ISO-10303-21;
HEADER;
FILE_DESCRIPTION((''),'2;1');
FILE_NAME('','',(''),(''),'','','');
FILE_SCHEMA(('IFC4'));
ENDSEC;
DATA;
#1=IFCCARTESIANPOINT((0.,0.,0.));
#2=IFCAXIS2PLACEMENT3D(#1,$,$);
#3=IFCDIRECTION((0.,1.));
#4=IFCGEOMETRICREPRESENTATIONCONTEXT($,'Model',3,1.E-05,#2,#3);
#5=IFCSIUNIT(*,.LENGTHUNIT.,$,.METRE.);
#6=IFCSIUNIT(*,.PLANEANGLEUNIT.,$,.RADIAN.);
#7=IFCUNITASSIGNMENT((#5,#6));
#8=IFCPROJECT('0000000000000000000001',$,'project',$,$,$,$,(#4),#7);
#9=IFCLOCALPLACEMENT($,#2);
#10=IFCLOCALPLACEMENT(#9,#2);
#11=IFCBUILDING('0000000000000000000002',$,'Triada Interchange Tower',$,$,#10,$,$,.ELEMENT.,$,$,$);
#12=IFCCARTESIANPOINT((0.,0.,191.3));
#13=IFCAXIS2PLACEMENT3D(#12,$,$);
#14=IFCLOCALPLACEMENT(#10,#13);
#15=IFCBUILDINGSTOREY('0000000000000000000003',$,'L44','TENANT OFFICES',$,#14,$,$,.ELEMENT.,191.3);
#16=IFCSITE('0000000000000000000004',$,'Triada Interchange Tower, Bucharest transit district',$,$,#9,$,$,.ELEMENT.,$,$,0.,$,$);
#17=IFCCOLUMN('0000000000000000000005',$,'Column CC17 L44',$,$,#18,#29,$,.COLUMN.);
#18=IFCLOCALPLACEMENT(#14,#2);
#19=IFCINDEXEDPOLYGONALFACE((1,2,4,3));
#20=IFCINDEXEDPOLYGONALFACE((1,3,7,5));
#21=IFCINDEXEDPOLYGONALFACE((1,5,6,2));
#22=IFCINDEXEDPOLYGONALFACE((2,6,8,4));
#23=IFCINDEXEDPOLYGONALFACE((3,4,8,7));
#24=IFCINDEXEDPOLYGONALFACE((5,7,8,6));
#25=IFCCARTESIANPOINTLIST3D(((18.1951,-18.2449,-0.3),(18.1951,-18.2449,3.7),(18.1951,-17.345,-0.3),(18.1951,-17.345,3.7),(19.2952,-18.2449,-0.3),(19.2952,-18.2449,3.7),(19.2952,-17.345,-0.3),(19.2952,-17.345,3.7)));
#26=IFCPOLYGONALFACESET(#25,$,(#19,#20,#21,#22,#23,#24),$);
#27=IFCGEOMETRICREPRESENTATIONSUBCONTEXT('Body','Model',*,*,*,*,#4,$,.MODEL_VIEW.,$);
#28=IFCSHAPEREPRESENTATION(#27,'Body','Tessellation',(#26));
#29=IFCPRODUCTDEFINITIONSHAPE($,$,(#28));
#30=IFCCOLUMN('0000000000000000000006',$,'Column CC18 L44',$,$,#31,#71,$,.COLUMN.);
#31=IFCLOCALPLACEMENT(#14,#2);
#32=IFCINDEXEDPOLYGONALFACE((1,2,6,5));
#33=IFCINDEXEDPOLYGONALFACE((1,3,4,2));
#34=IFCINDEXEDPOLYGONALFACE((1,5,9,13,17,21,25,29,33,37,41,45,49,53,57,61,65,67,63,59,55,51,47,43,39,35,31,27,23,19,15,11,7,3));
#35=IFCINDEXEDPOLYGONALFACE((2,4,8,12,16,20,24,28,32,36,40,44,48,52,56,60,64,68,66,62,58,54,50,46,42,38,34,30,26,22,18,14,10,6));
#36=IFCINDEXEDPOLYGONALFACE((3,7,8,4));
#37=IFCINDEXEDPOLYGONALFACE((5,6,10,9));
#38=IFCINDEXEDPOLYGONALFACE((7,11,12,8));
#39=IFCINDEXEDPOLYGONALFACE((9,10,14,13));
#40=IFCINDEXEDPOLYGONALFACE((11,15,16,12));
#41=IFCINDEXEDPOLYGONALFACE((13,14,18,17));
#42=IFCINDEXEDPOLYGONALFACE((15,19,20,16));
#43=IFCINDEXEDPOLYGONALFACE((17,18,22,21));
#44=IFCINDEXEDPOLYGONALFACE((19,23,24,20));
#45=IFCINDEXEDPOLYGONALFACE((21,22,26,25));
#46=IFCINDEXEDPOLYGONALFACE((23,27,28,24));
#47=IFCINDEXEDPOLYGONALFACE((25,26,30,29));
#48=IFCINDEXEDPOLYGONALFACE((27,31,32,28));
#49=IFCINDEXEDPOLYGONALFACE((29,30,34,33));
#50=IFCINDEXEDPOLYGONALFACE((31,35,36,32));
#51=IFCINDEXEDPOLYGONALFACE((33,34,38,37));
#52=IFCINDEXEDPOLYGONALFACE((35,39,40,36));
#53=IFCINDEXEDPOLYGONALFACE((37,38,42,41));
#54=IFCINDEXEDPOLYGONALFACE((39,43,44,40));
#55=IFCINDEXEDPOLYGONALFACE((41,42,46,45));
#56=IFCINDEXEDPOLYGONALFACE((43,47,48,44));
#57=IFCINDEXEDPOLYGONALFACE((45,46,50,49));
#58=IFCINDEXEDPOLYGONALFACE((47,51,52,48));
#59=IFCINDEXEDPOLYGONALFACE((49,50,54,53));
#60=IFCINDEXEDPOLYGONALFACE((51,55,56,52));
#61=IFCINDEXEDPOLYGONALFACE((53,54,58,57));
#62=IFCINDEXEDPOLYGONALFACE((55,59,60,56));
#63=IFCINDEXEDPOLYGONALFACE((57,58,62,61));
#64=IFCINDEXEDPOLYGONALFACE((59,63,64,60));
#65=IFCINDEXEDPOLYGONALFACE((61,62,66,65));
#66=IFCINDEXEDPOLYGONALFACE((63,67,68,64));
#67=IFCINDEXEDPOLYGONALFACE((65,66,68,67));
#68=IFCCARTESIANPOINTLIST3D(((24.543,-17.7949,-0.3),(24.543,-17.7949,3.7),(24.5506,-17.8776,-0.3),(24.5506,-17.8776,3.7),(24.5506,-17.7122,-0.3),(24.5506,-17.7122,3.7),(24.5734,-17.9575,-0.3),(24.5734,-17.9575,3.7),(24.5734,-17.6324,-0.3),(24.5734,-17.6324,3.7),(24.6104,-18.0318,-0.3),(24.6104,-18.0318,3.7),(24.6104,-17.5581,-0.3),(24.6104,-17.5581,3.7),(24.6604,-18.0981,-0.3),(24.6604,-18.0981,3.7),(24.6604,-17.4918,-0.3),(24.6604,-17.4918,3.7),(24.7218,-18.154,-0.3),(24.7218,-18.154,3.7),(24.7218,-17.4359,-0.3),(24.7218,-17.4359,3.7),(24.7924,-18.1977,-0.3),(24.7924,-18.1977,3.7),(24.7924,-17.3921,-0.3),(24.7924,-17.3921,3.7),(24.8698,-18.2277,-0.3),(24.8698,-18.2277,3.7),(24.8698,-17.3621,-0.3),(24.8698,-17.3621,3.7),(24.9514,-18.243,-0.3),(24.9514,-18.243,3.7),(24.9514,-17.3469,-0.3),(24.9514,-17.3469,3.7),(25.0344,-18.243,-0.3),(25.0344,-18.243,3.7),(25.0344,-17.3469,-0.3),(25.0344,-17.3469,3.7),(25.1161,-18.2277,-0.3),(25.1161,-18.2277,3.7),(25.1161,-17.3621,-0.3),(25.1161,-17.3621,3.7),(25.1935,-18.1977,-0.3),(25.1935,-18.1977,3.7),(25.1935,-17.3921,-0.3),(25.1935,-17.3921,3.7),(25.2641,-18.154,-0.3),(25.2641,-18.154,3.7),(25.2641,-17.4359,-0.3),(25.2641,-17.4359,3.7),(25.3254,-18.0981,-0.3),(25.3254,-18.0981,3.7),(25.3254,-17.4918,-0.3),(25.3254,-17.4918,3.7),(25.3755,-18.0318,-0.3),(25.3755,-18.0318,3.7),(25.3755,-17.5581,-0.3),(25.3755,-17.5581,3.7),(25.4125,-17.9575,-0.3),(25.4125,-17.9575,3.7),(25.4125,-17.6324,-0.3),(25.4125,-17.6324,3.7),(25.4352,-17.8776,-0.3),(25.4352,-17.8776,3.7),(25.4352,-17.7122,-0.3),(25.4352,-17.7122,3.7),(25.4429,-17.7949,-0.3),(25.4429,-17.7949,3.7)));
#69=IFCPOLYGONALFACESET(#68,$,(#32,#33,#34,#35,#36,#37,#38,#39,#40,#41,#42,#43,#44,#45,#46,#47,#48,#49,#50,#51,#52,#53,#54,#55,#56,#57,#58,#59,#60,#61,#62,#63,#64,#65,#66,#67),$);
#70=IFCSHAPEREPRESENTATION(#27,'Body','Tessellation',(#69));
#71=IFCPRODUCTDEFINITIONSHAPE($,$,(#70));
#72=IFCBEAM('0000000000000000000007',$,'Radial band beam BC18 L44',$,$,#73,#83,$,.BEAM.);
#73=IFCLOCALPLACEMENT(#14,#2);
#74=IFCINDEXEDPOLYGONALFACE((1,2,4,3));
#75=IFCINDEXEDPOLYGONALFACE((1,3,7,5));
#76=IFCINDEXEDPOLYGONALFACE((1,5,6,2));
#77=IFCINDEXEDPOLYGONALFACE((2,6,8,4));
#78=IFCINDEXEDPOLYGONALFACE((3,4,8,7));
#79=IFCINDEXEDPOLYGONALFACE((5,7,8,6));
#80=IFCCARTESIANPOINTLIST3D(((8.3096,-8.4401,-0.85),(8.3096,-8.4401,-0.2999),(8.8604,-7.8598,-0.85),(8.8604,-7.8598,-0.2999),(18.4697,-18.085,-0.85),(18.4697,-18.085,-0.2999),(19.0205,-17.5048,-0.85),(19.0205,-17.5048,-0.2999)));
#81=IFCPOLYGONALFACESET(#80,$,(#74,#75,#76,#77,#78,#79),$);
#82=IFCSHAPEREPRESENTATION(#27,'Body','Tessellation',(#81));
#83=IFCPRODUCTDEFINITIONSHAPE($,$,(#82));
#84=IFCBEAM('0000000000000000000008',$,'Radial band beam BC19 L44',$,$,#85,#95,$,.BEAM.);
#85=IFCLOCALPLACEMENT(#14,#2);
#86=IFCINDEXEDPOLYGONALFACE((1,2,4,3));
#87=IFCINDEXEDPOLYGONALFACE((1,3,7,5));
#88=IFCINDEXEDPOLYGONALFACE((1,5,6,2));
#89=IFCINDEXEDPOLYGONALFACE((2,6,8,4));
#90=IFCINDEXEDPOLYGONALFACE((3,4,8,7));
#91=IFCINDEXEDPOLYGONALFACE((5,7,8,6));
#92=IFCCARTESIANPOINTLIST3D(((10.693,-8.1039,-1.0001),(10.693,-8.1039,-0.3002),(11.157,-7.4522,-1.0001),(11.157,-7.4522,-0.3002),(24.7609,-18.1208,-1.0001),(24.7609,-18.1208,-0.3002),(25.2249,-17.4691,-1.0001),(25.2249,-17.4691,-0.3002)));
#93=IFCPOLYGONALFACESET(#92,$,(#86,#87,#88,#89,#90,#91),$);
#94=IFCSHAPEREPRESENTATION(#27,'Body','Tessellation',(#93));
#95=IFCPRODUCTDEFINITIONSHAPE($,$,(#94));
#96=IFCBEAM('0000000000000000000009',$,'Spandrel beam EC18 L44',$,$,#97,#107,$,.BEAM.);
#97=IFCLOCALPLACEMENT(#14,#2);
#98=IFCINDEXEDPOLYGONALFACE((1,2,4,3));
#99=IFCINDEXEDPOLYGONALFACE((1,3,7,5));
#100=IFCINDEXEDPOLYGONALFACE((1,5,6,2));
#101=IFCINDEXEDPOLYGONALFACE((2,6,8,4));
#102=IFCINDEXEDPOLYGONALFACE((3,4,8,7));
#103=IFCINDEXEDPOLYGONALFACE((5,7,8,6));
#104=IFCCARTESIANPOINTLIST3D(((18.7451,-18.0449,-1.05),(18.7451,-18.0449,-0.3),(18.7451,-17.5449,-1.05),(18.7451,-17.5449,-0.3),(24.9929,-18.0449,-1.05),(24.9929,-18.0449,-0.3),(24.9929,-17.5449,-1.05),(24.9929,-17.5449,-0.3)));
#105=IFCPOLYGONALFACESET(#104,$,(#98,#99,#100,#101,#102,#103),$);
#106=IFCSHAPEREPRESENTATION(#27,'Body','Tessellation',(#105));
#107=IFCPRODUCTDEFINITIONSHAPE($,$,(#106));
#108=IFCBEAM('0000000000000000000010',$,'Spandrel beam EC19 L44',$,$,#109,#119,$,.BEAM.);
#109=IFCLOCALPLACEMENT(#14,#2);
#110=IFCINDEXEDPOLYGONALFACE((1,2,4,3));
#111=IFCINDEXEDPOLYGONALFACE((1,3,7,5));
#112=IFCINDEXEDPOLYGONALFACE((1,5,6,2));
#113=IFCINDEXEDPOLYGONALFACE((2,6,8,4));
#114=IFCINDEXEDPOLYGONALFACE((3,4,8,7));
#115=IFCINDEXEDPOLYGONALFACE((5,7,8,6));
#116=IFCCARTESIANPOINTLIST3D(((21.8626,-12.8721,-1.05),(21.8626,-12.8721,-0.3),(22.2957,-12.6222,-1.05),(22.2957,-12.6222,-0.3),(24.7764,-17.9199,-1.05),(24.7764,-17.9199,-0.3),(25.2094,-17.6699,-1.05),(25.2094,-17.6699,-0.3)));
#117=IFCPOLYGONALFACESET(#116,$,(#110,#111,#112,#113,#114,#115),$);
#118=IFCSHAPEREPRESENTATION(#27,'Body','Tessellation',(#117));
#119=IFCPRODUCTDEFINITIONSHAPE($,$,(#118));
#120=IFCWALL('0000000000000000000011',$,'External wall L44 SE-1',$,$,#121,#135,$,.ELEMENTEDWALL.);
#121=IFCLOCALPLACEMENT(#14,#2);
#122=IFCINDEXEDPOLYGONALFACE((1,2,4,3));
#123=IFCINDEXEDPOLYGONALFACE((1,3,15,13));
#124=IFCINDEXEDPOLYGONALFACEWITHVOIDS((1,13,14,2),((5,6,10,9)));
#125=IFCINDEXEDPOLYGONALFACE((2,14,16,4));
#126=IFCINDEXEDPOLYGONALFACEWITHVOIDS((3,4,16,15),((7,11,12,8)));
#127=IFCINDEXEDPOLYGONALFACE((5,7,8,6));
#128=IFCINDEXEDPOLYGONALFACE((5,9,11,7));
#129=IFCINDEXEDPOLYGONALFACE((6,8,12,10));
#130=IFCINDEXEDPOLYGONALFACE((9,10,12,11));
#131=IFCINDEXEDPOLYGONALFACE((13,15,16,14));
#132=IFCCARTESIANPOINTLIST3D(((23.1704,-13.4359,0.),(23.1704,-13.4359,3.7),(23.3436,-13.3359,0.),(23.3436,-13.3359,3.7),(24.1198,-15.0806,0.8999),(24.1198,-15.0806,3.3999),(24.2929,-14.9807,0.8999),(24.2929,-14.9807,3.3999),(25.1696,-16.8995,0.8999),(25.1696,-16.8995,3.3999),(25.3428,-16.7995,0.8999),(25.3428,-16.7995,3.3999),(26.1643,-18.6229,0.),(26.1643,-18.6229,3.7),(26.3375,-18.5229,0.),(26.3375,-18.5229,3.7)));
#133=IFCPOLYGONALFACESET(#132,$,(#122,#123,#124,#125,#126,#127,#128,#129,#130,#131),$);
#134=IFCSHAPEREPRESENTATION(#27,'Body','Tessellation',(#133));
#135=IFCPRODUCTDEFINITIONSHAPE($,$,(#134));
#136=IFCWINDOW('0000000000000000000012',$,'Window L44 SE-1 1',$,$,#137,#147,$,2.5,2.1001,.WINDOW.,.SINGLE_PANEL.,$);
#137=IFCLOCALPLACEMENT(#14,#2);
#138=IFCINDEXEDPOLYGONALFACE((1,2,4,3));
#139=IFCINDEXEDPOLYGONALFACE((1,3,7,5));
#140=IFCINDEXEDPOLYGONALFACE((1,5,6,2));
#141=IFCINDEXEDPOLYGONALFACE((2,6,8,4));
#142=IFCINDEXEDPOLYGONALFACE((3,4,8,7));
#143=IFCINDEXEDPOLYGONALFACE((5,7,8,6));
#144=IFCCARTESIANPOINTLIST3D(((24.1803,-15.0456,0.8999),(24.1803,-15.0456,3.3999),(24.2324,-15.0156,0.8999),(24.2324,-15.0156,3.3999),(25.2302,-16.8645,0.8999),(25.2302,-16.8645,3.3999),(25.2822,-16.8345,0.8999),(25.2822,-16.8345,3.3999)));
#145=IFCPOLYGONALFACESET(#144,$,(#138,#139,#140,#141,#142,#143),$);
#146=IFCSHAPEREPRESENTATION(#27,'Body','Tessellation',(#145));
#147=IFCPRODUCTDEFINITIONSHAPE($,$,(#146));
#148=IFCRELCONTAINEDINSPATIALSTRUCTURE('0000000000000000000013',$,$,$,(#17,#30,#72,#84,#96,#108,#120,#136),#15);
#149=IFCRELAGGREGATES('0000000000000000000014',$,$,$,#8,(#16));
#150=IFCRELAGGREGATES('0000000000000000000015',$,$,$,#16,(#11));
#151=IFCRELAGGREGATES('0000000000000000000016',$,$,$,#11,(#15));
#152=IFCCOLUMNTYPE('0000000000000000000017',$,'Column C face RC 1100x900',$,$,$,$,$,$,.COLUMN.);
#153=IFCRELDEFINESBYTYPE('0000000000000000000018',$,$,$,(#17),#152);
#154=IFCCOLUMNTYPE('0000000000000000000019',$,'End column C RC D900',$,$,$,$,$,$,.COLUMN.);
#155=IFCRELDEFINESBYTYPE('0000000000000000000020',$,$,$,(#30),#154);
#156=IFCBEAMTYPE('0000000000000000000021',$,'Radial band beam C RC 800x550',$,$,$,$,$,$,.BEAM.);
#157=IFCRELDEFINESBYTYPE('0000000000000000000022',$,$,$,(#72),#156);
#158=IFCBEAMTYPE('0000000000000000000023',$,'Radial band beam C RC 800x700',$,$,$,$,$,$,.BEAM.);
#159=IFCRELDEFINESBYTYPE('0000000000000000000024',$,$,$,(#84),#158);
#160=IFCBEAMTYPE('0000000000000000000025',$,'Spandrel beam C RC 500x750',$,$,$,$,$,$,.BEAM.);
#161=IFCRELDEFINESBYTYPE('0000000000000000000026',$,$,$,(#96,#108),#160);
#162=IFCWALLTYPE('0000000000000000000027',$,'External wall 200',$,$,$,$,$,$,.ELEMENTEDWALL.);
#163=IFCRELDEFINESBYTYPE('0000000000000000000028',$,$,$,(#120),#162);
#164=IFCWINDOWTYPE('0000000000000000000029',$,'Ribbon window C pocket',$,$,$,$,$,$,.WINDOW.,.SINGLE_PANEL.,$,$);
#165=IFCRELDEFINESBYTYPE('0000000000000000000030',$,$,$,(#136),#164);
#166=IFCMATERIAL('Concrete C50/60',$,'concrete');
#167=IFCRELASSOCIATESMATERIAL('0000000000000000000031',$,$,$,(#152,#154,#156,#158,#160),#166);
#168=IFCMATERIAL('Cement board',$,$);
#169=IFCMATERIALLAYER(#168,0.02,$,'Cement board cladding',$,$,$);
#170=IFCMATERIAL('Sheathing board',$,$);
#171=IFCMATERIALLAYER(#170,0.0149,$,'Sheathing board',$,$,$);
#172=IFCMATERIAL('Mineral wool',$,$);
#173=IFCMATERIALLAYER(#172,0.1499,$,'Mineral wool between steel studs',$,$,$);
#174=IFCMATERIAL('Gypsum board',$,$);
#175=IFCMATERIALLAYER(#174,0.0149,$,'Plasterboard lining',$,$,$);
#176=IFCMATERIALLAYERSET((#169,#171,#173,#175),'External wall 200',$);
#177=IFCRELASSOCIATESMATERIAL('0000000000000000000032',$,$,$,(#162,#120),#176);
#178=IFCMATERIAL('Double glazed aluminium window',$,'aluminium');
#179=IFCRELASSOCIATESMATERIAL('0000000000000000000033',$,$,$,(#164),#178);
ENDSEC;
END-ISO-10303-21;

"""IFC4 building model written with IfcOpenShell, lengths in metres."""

from ifc_helpers import new_model, si_unit, direction, frame, frame_2d, origin, origin_2d, place, context, subcontext, project, spatial, rectangle, circle, extrude, material, layer, layer_set, layer_usage, material_profile, profile_set, type_object, element, fill, save


model = new_model("IFC4")

# Units and contexts
model_context = context("Model", 3, precision=1e-05, world=origin(), true_north=direction((0.0, 1.0)))
body_context = subcontext(model_context, "Body", "Model", "MODEL_VIEW")
ifc_project = project(units=[si_unit("LENGTHUNIT", "METRE"), si_unit("PLANEANGLEUNIT", "RADIAN")], contexts=[model_context])

# Site, building, storey
site_placement = place(None, origin())
site = spatial("IfcSite", under=ifc_project, at=site_placement, Name="Triada Interchange Tower, Bucharest transit district", CompositionType="ELEMENT", RefElevation=0.0)
building_placement = place(site_placement, origin())
building = spatial("IfcBuilding", under=site, at=building_placement, Name="Triada Interchange Tower", CompositionType="ELEMENT")
storey_placement = place(building_placement, frame((0.0, 0.0, 191.3)))
storey = spatial("IfcBuildingStorey", under=building, at=storey_placement, Name="L44", Description="TENANT OFFICES", CompositionType="ELEMENT", Elevation=191.3)

# Columns
ifc_material_1 = material(Name="Concrete C50/60", Category="concrete")
ifc_material_profile_1 = material_profile(ifc_material_1, rectangle(XDim=1.1001, YDim=0.8999, at=origin_2d()), Name="RC 1100x900")
ifc_profile_set_1 = profile_set([ifc_material_profile_1], Name="Concrete C50/60")
column_type_1 = type_object("IfcColumnType", Name="Column C face RC 1100x900", PredefinedType="COLUMN", material=ifc_profile_set_1)
column_1_placement = place(storey_placement, frame((18.7451, -17.7949, -0.3), z_axis=(0.0, 0.0, 1.0), x_axis=(1.0, 0.0, 0.0)))
element("IfcColumn", 1, at=column_1_placement, inside=storey, type_object=column_type_1, Name="Column CC17 L44", PredefinedType="COLUMN", context=body_context, shape_type="SweptSolid", body=[
    extrude(rectangle(XDim=1.1001, YDim=0.8999, at=origin_2d()), origin(), (0.0, 0.0, 1.0), 4.0),
])
ifc_material_profile_2 = material_profile(ifc_material_1, circle(Radius=0.45, at=origin_2d()), Name="RC D900")
ifc_profile_set_2 = profile_set([ifc_material_profile_2], Name="Concrete C50/60")
column_type_2 = type_object("IfcColumnType", Name="End column C RC D900", PredefinedType="COLUMN", material=ifc_profile_set_2)
column_2_placement = place(storey_placement, frame((24.9929, -17.7949, -0.3), z_axis=(0.0, 0.0, 1.0), x_axis=(1.0, 0.0, 0.0)))
element("IfcColumn", 2, at=column_2_placement, inside=storey, type_object=column_type_2, Name="Column CC18 L44", PredefinedType="COLUMN", context=body_context, shape_type="SweptSolid", body=[
    extrude(circle(Radius=0.45, at=origin_2d()), origin(), (0.0, 0.0, 1.0), 4.0),
])

# Beams
ifc_material_profile_3 = material_profile(ifc_material_1, rectangle(XDim=0.8, YDim=0.55, at=origin_2d()), Name="RC 800x550")
ifc_profile_set_3 = profile_set([ifc_material_profile_3], Name="Concrete C50/60")
beam_type_1 = type_object("IfcBeamType", Name="Radial band beam C RC 800x550", PredefinedType="BEAM", material=ifc_profile_set_3)
beam_1_placement = place(storey_placement, frame((18.7451, -17.7949, -0.575), z_axis=(-0.725253, 0.688482, 0.0), x_axis=(-0.688482, -0.725253, 0.0)))
element("IfcBeam", 3, at=beam_1_placement, inside=storey, type_object=beam_type_1, Name="Radial band beam BC18 L44", PredefinedType="BEAM", context=body_context, shape_type="SweptSolid", body=[
    extrude(rectangle(XDim=0.8, YDim=0.55, at=origin_2d()), origin(), (0.0, 0.0, 1.0), 14.009),
])
ifc_material_profile_4 = material_profile(ifc_material_1, rectangle(XDim=0.8, YDim=0.7, at=origin_2d()), Name="RC 800x700")
ifc_profile_set_4 = profile_set([ifc_material_profile_4], Name="Concrete C50/60")
beam_type_2 = type_object("IfcBeamType", Name="Radial band beam C RC 800x700", PredefinedType="BEAM", material=ifc_profile_set_4)
beam_2_placement = place(storey_placement, frame((24.9929, -17.7949, -0.6501), z_axis=(-0.814599, 0.580025, 0.0), x_axis=(-0.580025, -0.814599, 0.0)))
element("IfcBeam", 4, at=beam_2_placement, inside=storey, type_object=beam_type_2, Name="Radial band beam BC19 L44", PredefinedType="BEAM", context=body_context, shape_type="SweptSolid", body=[
    extrude(rectangle(XDim=0.8, YDim=0.7, at=origin_2d()), origin(), (0.0, 0.0, 1.0), 17.2698),
])
ifc_material_profile_5 = material_profile(ifc_material_1, rectangle(XDim=0.5, YDim=0.75, at=origin_2d()), Name="RC 500x750")
ifc_profile_set_5 = profile_set([ifc_material_profile_5], Name="Concrete C50/60")
beam_type_3 = type_object("IfcBeamType", Name="Spandrel beam C RC 500x750", PredefinedType="BEAM", material=ifc_profile_set_5)
beam_3_placement = place(storey_placement, frame((18.7451, -17.7949, -0.675), z_axis=(1.0, 0.0, 0.0), x_axis=(0.0, 1.0, 0.0)))
element("IfcBeam", 5, at=beam_3_placement, inside=storey, type_object=beam_type_3, Name="Spandrel beam EC18 L44", PredefinedType="BEAM", context=body_context, shape_type="SweptSolid", body=[
    extrude(rectangle(XDim=0.5, YDim=0.75, at=origin_2d()), origin(), (0.0, 0.0, 1.0), 6.2478),
])
beam_4_placement = place(storey_placement, frame((24.9929, -17.7949, -0.675), z_axis=(-0.499928, 0.866067, 0.0), x_axis=(-0.866067, -0.499928, 0.0)))
element("IfcBeam", 6, at=beam_4_placement, inside=storey, type_object=beam_type_3, Name="Spandrel beam EC19 L44", PredefinedType="BEAM", context=body_context, shape_type="SweptSolid", body=[
    extrude(rectangle(XDim=0.5, YDim=0.75, at=origin_2d()), origin(), (0.0, 0.0, 1.0), 5.8284),
])

# Wall, opening, window
ifc_material_2 = material(Name="Cement board")
ifc_layer_1 = layer(ifc_material_2, 0.02, Name="Cement board cladding")
ifc_material_3 = material(Name="Sheathing board")
ifc_layer_2 = layer(ifc_material_3, 0.0149, Name="Sheathing board")
ifc_material_4 = material(Name="Mineral wool")
ifc_layer_3 = layer(ifc_material_4, 0.1499, Name="Mineral wool between steel studs")
ifc_material_5 = material(Name="Gypsum board")
ifc_layer_4 = layer(ifc_material_5, 0.0149, Name="Plasterboard lining")
ifc_layer_set_1 = layer_set([ifc_layer_1, ifc_layer_2, ifc_layer_3, ifc_layer_4], Name="External wall 200")
ifc_layer_usage = layer_usage(ifc_layer_set_1, "AXIS2", "POSITIVE", -0.1001)
wall_type_1 = type_object("IfcWallType", Name="External wall 200", PredefinedType="ELEMENTEDWALL", material=ifc_layer_set_1)
wall_1_placement = place(storey_placement, frame((26.251, -18.573, 0.0), z_axis=(0.0, 0.0, 1.0), x_axis=(-0.499897, 0.866085, 0.0)))
wall_1 = element("IfcWall", 7, at=wall_1_placement, inside=storey, type_object=wall_type_1, material=ifc_layer_usage, Name="External wall L44 SE-1", PredefinedType="ELEMENTEDWALL", context=body_context, shape_type="SweptSolid", body=[
    extrude(rectangle(XDim=5.989, YDim=0.2, at=frame_2d((2.9946, 0.0))), origin(), (0.0, 0.0, 1.0), 3.7),
])
opening_1_placement = place(wall_1_placement, frame((1.99, 0.0, 0.8999)))
opening_1 = element("IfcOpeningElement", 8, at=opening_1_placement, cuts=wall_1, PredefinedType="OPENING", context=body_context, shape_type="SweptSolid", body=[
    extrude(rectangle(XDim=2.1001, YDim=2.5, at=frame_2d((1.05, 1.25))), frame((0.0, 0.1099, 0.0), z_axis=(0.0, -1.0, 0.0), x_axis=(1.0, 0.0, 0.0)), (0.0, 0.0, 1.0), 0.22),
])
ifc_material_6 = material(Name="Double glazed aluminium window", Category="aluminium")
window_type_1 = type_object("IfcWindowType", Name="Ribbon window C pocket", PartitioningType="SINGLE_PANEL", PredefinedType="WINDOW", material=ifc_material_6)
window_1_placement = place(opening_1_placement, origin())
window_1 = element("IfcWindow", 9, at=window_1_placement, inside=storey, type_object=window_type_1, Name="Window L44 SE-1 1", OverallHeight=2.5, OverallWidth=2.1001, PartitioningType="SINGLE_PANEL", PredefinedType="WINDOW", context=body_context, shape_type="SweptSolid", body=[
    extrude(rectangle(XDim=2.1001, YDim=2.5, at=frame_2d((1.05, 1.25))), frame((0.0, 0.03, 0.0), z_axis=(0.0, -1.0, 0.0), x_axis=(1.0, 0.0, 0.0)), (0.0, 0.0, 1.0), 0.0601),
])
fill(opening_1, window_1)

save(model, "model.ifc")
